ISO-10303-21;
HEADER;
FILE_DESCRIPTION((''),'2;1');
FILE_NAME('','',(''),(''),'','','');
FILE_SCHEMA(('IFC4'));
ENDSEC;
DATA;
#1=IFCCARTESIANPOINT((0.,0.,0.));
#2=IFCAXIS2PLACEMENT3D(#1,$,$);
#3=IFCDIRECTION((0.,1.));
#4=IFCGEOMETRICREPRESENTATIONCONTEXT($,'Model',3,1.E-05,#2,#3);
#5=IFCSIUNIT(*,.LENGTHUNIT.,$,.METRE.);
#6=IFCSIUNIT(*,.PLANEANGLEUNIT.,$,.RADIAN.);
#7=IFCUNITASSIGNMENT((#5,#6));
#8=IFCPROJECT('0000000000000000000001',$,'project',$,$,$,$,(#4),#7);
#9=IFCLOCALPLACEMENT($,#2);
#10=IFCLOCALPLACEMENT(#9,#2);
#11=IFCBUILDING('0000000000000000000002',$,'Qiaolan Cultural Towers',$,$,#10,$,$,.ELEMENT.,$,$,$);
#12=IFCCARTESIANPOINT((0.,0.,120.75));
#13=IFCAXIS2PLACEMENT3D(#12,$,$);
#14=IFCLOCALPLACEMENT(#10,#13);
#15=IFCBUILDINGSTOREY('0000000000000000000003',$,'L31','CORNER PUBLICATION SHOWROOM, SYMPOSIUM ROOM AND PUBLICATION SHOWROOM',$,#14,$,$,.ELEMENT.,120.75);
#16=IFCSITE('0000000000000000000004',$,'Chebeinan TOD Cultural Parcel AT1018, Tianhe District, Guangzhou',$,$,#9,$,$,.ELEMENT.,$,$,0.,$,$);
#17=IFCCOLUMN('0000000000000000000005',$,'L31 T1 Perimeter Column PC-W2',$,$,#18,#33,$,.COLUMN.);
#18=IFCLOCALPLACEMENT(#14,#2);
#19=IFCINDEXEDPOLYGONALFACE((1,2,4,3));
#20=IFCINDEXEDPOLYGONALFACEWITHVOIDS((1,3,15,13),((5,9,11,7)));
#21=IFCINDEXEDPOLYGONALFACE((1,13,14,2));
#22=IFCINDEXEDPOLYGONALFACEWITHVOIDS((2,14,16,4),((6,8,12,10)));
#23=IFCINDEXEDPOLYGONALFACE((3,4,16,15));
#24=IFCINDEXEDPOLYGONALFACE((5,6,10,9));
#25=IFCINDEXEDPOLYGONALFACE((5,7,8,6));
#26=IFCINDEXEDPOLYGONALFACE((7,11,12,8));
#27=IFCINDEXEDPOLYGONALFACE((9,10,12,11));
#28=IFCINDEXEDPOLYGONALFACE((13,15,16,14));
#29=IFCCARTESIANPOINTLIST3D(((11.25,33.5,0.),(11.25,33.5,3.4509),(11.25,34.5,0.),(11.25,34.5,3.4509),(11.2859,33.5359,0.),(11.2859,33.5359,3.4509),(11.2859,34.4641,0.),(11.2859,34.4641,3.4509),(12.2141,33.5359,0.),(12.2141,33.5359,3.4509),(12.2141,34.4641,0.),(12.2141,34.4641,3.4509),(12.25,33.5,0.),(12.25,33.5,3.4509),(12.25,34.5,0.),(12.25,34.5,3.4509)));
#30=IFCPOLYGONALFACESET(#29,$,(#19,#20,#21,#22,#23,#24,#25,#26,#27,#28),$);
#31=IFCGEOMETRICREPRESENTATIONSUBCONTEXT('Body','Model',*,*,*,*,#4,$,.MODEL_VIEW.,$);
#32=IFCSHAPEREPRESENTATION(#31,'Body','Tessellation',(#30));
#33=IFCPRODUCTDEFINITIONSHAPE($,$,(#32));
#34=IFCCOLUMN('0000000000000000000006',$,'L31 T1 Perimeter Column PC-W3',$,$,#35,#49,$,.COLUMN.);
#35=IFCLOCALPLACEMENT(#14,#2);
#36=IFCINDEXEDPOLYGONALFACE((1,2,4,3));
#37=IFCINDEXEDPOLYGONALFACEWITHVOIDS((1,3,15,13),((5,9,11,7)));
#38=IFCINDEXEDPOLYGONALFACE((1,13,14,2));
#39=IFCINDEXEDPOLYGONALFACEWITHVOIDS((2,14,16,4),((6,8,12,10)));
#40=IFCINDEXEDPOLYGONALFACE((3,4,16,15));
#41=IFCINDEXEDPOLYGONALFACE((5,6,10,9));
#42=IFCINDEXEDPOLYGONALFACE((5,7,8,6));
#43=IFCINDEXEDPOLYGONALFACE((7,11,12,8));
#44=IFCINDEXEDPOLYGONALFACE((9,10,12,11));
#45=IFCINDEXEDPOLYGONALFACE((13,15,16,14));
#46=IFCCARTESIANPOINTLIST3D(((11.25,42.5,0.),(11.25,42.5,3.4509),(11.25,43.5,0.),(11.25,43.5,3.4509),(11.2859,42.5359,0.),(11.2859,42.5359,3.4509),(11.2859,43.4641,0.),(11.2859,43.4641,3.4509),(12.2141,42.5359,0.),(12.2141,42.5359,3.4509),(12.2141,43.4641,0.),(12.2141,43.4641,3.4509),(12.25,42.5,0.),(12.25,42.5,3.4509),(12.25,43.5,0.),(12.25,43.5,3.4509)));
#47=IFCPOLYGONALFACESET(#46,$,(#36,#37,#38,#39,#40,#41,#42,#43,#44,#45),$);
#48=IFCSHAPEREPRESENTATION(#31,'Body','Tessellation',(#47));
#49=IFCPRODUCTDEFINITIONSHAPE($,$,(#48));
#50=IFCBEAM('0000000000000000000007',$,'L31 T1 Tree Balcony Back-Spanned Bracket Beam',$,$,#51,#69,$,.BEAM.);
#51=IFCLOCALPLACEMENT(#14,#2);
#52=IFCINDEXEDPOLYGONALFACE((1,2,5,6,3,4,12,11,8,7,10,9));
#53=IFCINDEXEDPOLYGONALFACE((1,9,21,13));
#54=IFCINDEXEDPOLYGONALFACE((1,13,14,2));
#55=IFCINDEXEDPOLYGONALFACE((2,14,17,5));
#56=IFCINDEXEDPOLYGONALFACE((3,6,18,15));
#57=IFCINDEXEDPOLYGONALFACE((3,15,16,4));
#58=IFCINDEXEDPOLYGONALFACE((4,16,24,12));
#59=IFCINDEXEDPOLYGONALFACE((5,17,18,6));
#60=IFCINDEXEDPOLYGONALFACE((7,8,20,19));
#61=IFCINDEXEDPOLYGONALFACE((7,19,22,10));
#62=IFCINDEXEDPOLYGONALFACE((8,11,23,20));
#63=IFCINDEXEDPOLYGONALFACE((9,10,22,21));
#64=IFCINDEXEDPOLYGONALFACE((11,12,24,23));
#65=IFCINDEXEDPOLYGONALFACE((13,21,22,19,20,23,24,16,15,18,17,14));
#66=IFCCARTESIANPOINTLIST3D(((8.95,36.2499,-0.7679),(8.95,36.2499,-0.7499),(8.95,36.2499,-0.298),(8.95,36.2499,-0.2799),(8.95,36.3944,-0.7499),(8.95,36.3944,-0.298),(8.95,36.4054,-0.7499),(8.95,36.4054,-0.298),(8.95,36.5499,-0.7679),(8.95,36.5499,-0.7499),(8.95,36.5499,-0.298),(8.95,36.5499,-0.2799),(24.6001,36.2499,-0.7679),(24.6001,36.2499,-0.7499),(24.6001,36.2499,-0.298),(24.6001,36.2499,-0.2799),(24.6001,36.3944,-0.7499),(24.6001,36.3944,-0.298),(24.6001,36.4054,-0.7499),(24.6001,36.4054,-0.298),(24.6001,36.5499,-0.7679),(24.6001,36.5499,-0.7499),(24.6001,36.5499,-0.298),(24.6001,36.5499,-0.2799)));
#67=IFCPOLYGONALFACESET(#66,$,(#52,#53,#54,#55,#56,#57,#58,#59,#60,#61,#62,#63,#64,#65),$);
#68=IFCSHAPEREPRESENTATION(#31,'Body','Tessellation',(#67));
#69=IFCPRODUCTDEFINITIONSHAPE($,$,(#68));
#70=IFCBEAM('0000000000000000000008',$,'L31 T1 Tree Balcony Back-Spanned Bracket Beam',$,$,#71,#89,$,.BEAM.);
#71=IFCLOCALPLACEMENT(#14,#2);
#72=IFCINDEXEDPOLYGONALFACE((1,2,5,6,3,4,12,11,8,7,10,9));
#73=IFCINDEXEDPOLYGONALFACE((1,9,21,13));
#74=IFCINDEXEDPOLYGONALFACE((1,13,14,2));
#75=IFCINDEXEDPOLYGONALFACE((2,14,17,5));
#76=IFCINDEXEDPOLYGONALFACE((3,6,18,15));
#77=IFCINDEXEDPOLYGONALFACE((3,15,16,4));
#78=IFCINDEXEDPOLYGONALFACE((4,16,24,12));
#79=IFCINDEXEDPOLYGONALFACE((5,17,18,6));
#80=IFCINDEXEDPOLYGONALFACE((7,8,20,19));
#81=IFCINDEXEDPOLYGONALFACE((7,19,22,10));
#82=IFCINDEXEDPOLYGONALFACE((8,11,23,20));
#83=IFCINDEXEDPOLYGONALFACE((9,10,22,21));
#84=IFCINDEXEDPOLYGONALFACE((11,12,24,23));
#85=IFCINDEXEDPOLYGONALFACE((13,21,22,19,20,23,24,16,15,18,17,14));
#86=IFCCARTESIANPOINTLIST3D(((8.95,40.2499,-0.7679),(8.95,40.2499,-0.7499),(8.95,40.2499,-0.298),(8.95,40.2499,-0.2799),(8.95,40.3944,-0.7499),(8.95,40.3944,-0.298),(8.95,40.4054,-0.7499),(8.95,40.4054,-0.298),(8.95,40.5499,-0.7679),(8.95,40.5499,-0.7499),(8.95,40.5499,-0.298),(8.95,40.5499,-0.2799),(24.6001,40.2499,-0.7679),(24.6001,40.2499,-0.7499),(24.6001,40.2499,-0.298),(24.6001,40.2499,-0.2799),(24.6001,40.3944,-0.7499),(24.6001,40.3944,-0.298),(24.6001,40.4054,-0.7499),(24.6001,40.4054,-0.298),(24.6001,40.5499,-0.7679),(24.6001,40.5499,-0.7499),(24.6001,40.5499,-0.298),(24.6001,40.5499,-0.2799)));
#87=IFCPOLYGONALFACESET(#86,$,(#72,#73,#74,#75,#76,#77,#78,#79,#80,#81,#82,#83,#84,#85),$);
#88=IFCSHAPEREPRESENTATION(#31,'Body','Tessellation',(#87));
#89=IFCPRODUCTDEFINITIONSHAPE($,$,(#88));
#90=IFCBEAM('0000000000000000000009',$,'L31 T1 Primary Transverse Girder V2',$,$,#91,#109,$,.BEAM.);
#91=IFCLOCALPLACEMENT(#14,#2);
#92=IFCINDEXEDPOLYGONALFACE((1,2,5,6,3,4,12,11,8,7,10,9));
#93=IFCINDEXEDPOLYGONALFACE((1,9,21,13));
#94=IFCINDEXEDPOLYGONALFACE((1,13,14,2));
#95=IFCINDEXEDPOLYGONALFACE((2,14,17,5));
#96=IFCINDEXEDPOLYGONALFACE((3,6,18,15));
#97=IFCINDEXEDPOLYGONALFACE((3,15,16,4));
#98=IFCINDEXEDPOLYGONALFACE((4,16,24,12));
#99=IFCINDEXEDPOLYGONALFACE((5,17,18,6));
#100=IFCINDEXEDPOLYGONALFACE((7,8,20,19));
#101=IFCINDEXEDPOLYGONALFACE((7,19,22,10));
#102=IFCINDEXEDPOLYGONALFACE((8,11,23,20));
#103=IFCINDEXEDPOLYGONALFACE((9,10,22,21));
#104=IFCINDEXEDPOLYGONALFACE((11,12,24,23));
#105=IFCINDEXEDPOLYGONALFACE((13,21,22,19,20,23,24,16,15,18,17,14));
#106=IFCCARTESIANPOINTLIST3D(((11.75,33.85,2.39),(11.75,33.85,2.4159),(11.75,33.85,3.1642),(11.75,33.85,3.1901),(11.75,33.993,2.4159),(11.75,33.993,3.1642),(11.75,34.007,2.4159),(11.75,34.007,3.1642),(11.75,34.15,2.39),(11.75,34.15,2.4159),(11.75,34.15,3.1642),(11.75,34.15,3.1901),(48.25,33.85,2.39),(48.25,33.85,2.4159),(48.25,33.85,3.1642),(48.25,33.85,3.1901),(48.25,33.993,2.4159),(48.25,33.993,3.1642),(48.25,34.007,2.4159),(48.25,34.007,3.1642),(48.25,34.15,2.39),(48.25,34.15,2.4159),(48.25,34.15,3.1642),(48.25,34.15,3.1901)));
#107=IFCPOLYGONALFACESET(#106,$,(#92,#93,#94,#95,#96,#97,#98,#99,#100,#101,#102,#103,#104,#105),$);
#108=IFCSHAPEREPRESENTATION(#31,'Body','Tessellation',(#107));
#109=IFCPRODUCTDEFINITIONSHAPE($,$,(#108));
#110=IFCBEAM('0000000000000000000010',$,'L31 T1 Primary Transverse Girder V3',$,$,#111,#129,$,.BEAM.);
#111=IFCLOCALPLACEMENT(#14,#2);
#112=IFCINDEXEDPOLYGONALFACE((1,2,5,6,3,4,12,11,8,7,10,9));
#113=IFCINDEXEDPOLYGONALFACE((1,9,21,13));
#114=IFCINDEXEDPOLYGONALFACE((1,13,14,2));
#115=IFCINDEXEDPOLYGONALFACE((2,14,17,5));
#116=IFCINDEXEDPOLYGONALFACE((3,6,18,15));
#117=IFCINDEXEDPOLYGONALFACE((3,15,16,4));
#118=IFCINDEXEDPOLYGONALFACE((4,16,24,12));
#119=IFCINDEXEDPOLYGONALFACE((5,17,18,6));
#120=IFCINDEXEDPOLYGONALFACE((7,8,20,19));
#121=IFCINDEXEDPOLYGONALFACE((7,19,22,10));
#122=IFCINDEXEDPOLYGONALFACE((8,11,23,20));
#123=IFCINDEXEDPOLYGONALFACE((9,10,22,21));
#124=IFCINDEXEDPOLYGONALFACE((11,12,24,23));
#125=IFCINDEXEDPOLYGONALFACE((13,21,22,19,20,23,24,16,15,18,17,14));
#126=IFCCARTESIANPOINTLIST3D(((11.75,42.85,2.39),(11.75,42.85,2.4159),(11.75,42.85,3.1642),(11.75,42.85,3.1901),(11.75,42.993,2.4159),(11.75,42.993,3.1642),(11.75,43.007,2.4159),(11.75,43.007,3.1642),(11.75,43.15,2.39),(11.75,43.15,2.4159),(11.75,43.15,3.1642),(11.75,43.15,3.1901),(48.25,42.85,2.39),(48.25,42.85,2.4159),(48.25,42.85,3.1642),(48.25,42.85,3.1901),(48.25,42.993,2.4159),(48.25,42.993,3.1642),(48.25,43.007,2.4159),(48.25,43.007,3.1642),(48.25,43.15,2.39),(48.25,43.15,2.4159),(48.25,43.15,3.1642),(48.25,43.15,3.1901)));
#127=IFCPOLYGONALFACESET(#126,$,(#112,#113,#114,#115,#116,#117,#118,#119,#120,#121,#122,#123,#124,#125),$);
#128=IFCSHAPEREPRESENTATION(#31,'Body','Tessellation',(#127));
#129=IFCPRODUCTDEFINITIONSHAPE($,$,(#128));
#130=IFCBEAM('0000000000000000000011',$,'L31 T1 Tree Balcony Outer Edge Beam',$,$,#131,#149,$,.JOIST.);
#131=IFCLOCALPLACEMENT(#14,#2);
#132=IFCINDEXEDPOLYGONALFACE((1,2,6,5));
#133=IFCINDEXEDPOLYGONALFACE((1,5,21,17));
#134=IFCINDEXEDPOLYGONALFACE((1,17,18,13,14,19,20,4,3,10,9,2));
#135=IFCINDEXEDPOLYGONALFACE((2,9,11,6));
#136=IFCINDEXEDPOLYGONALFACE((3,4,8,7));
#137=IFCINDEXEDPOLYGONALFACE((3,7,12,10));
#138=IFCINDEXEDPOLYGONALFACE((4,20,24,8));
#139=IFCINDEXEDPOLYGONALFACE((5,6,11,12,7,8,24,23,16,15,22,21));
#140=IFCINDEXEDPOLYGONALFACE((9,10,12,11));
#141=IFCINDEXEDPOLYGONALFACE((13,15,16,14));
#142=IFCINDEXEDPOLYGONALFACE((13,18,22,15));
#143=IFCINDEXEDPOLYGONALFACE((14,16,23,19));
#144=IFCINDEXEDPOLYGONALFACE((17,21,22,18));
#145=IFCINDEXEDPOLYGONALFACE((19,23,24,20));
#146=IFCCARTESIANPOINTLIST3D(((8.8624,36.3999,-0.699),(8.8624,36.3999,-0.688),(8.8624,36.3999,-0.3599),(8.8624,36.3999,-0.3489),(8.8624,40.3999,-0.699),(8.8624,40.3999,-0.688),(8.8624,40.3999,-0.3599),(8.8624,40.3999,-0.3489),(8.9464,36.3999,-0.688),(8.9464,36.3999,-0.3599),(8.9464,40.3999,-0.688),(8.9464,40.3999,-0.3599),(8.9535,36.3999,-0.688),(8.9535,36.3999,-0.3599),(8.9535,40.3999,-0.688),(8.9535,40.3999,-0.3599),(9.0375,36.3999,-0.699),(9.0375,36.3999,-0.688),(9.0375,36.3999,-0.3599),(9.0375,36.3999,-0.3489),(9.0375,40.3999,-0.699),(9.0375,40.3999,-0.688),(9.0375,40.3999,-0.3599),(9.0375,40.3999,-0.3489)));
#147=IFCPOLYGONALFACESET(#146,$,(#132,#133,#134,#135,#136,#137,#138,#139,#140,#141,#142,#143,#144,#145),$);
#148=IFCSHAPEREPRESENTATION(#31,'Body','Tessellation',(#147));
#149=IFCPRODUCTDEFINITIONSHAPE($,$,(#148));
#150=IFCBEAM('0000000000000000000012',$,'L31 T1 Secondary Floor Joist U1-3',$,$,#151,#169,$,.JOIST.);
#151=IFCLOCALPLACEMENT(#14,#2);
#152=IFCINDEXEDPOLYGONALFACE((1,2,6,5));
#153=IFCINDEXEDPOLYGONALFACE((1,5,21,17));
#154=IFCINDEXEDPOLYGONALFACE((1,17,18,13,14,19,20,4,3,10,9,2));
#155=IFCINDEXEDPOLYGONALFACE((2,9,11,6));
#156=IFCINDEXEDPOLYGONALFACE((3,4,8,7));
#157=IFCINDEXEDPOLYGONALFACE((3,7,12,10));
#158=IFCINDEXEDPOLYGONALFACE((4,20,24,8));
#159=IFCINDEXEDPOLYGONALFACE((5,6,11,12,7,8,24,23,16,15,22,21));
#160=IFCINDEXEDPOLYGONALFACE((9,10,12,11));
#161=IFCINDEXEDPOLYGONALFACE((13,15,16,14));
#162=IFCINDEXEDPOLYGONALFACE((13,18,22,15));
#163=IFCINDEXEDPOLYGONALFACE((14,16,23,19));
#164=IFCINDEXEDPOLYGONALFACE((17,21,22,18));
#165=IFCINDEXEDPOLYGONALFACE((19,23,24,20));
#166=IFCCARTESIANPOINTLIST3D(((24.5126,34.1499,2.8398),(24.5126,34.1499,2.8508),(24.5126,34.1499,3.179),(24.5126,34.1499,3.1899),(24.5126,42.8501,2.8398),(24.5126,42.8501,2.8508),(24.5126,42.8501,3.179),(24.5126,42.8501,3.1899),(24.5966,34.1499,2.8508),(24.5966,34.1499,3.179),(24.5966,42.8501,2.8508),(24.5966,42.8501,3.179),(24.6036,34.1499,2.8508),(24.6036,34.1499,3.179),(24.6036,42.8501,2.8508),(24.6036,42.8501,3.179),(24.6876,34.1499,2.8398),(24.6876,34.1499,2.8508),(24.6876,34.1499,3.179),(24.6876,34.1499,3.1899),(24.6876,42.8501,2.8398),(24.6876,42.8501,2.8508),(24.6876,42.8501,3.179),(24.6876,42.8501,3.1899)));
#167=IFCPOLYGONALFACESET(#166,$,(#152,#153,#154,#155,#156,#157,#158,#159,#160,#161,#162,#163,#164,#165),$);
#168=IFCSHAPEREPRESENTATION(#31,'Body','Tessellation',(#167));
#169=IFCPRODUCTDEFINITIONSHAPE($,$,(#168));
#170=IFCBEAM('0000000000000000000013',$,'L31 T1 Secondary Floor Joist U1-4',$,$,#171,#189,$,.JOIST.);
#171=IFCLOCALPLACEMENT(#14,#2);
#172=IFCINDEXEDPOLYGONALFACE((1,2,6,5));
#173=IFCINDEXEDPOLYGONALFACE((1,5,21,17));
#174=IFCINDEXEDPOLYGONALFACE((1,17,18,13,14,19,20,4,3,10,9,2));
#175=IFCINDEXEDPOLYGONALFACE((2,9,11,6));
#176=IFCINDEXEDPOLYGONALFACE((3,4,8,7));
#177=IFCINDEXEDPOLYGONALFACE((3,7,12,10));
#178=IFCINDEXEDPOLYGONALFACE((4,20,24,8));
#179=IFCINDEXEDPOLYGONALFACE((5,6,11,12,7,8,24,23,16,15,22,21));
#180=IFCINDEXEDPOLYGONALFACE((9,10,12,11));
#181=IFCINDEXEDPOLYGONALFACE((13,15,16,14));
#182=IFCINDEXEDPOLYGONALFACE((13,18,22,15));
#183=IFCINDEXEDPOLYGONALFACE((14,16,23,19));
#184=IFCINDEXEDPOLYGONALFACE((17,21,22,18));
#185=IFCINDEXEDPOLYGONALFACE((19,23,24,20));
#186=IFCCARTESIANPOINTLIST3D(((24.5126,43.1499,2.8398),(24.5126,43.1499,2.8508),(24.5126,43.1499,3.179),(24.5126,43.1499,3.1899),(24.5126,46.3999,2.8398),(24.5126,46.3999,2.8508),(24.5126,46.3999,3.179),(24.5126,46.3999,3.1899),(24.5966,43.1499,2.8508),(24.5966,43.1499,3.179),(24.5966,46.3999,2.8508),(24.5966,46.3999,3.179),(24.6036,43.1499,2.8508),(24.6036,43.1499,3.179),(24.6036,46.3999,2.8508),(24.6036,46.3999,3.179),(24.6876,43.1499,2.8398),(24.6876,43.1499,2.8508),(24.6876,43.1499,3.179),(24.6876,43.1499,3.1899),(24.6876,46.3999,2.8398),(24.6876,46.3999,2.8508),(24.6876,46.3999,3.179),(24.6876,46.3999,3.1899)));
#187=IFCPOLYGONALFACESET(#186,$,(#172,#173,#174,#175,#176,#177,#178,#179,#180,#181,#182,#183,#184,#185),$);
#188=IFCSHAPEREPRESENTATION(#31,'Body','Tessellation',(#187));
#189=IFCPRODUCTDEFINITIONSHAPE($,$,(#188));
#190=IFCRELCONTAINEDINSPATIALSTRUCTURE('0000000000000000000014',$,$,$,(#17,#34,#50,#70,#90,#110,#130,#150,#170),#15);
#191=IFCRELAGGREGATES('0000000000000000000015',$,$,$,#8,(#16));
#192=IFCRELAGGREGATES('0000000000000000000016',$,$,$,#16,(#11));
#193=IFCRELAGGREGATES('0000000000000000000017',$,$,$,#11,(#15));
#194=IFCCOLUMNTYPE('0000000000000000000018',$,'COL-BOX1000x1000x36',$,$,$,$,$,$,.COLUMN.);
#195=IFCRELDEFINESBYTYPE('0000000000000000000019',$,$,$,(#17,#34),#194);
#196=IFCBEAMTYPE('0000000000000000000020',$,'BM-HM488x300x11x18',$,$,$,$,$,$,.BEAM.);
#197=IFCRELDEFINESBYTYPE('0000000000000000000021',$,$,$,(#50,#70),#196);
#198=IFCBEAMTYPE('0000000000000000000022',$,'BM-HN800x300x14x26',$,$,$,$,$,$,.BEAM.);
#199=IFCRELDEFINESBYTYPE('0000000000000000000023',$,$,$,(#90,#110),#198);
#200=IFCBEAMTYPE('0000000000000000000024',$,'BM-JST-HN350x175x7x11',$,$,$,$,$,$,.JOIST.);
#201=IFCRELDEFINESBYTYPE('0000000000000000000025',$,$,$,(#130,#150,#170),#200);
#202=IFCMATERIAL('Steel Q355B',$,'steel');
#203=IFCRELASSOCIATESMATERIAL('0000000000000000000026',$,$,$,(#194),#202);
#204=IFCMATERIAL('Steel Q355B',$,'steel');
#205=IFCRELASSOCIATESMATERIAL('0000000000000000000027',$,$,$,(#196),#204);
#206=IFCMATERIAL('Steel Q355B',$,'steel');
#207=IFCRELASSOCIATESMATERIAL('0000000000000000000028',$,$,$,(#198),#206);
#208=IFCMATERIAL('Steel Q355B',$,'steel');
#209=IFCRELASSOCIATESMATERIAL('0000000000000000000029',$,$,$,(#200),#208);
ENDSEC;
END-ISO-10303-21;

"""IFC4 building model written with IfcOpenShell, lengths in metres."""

from ifc_helpers import new_model, si_unit, direction, frame, origin, origin_2d, place, context, subcontext, project, spatial, hollow_rectangle, i_section, extrude, material, material_profile, profile_set, type_object, element, save


model = new_model("IFC4")

# Units and contexts
model_context = context("Model", 3, precision=1e-05, world=origin(), true_north=direction((0.0, 1.0)))
body_context = subcontext(model_context, "Body", "Model", "MODEL_VIEW")
ifc_project = project(units=[si_unit("LENGTHUNIT", "METRE"), si_unit("PLANEANGLEUNIT", "RADIAN")], contexts=[model_context])

# Site, building, storey
site_placement = place(None, origin())
site = spatial("IfcSite", under=ifc_project, at=site_placement, Name="Chebeinan TOD Cultural Parcel AT1018, Tianhe District, Guangzhou", CompositionType="ELEMENT", RefElevation=0.0)
building_placement = place(site_placement, origin())
building = spatial("IfcBuilding", under=site, at=building_placement, Name="Qiaolan Cultural Towers", CompositionType="ELEMENT")
storey_placement = place(building_placement, frame((0.0, 0.0, 120.75)))
storey = spatial("IfcBuildingStorey", under=building, at=storey_placement, Name="L31", Description="CORNER PUBLICATION SHOWROOM, SYMPOSIUM ROOM AND PUBLICATION SHOWROOM", CompositionType="ELEMENT", Elevation=120.75)

# Columns
ifc_material_1 = material(Name="Steel Q355B", Category="steel")
ifc_material_profile_1 = material_profile(ifc_material_1, hollow_rectangle(XDim=1.0, YDim=1.0, WallThickness=0.0359, at=origin_2d()), Name="BOX1000x1000x36")
ifc_profile_set_1 = profile_set([ifc_material_profile_1], Name="Steel Q355B")
column_type = type_object("IfcColumnType", Name="COL-BOX1000x1000x36", PredefinedType="COLUMN", material=ifc_profile_set_1)
for number, where, z_axis, x_axis, name in (
    (1, (11.75, 34.0, 0.0), (0.0, 0.0, 1.0), (1.0, 0.0, 0.0), "L31 T1 Perimeter Column PC-W2"),
    (2, (11.75, 43.0, 0.0), (0.0, 0.0, 1.0), (1.0, 0.0, 0.0), "L31 T1 Perimeter Column PC-W3"),
):
    element("IfcColumn", number, at=place(storey_placement, frame(where, z_axis=z_axis, x_axis=x_axis)), inside=storey, type_object=column_type, Name=name, PredefinedType="COLUMN", context=body_context, shape_type="SweptSolid", body=[
        extrude(hollow_rectangle(XDim=1.0, YDim=1.0, WallThickness=0.0359, at=origin_2d()), origin(), (0.0, 0.0, 1.0), 3.4509),
    ])

# Beams
ifc_material_2 = material(Name="Steel Q355B", Category="steel")
ifc_material_profile_2 = material_profile(ifc_material_2, i_section(OverallWidth=0.3, OverallDepth=0.488, WebThickness=0.011, FlangeThickness=0.0181, at=origin_2d()), Name="HM488x300x11x18")
ifc_profile_set_2 = profile_set([ifc_material_profile_2], Name="Steel Q355B")
beam_type_1 = type_object("IfcBeamType", Name="BM-HM488x300x11x18", PredefinedType="BEAM", material=ifc_profile_set_2)
for number, where, z_axis, x_axis, name in (
    (3, (24.6001, 36.3999, -0.5239), (-1.0, 0.0, 0.0), (0.0, -1.0, 0.0), "L31 T1 Tree Balcony Back-Spanned Bracket Beam"),
    (4, (24.6001, 40.3999, -0.5239), (-1.0, 0.0, 0.0), (0.0, -1.0, 0.0), "L31 T1 Tree Balcony Back-Spanned Bracket Beam"),
):
    element("IfcBeam", number, at=place(storey_placement, frame(where, z_axis=z_axis, x_axis=x_axis)), inside=storey, type_object=beam_type_1, Name=name, PredefinedType="BEAM", context=body_context, shape_type="SweptSolid", body=[
        extrude(i_section(OverallWidth=0.3, OverallDepth=0.488, WebThickness=0.011, FlangeThickness=0.0181, at=origin_2d()), origin(), (0.0, 0.0, 1.0), 15.6501),
    ])
ifc_material_3 = material(Name="Steel Q355B", Category="steel")
ifc_material_profile_3 = material_profile(ifc_material_3, i_section(OverallWidth=0.3, OverallDepth=0.8, WebThickness=0.0139, FlangeThickness=0.0259, at=origin_2d()), Name="HN800x300x14x26")
ifc_profile_set_3 = profile_set([ifc_material_profile_3], Name="Steel Q355B")
beam_type_2 = type_object("IfcBeamType", Name="BM-HN800x300x14x26", PredefinedType="BEAM", material=ifc_profile_set_3)
for number, where, z_axis, x_axis, name in (
    (5, (11.75, 34.0, 2.79), (1.0, 0.0, 0.0), (0.0, 1.0, 0.0), "L31 T1 Primary Transverse Girder V2"),
    (6, (11.75, 43.0, 2.79), (1.0, 0.0, 0.0), (0.0, 1.0, 0.0), "L31 T1 Primary Transverse Girder V3"),
):
    element("IfcBeam", number, at=place(storey_placement, frame(where, z_axis=z_axis, x_axis=x_axis)), inside=storey, type_object=beam_type_2, Name=name, PredefinedType="BEAM", context=body_context, shape_type="SweptSolid", body=[
        extrude(i_section(OverallWidth=0.3, OverallDepth=0.8, WebThickness=0.0139, FlangeThickness=0.0259, at=origin_2d()), origin(), (0.0, 0.0, 1.0), 36.5),
    ])
ifc_material_4 = material(Name="Steel Q355B", Category="steel")
ifc_material_profile_4 = material_profile(ifc_material_4, i_section(OverallWidth=0.175, OverallDepth=0.3501, WebThickness=0.0071, FlangeThickness=0.011, at=origin_2d()), Name="HN350x175x7x11")
ifc_profile_set_4 = profile_set([ifc_material_profile_4], Name="Steel Q355B")
beam_type_3 = type_object("IfcBeamType", Name="BM-JST-HN350x175x7x11", PredefinedType="JOIST", material=ifc_profile_set_4)
beam_1_placement = place(storey_placement, frame((8.95, 36.3999, -0.5239), z_axis=(0.0, 1.0, 0.0), x_axis=(-1.0, 0.0, 0.0)))
element("IfcBeam", 7, at=beam_1_placement, inside=storey, type_object=beam_type_3, Name="L31 T1 Tree Balcony Outer Edge Beam", PredefinedType="JOIST", context=body_context, shape_type="SweptSolid", body=[
    extrude(i_section(OverallWidth=0.175, OverallDepth=0.3501, WebThickness=0.0071, FlangeThickness=0.011, at=origin_2d()), origin(), (0.0, 0.0, 1.0), 4.0),
])
beam_2_placement = place(storey_placement, frame((24.6001, 34.1499, 3.0149), z_axis=(0.0, 1.0, 0.0), x_axis=(-1.0, 0.0, 0.0)))
element("IfcBeam", 8, at=beam_2_placement, inside=storey, type_object=beam_type_3, Name="L31 T1 Secondary Floor Joist U1-3", PredefinedType="JOIST", context=body_context, shape_type="SweptSolid", body=[
    extrude(i_section(OverallWidth=0.175, OverallDepth=0.3501, WebThickness=0.0071, FlangeThickness=0.011, at=origin_2d()), origin(), (0.0, 0.0, 1.0), 8.7002),
])
beam_3_placement = place(storey_placement, frame((24.6001, 43.1499, 3.0149), z_axis=(0.0, 1.0, 0.0), x_axis=(-1.0, 0.0, 0.0)))
element("IfcBeam", 9, at=beam_3_placement, inside=storey, type_object=beam_type_3, Name="L31 T1 Secondary Floor Joist U1-4", PredefinedType="JOIST", context=body_context, shape_type="SweptSolid", body=[
    extrude(i_section(OverallWidth=0.175, OverallDepth=0.3501, WebThickness=0.0071, FlangeThickness=0.011, at=origin_2d()), origin(), (0.0, 0.0, 1.0), 3.25),
])

save(model, "model.ifc")
